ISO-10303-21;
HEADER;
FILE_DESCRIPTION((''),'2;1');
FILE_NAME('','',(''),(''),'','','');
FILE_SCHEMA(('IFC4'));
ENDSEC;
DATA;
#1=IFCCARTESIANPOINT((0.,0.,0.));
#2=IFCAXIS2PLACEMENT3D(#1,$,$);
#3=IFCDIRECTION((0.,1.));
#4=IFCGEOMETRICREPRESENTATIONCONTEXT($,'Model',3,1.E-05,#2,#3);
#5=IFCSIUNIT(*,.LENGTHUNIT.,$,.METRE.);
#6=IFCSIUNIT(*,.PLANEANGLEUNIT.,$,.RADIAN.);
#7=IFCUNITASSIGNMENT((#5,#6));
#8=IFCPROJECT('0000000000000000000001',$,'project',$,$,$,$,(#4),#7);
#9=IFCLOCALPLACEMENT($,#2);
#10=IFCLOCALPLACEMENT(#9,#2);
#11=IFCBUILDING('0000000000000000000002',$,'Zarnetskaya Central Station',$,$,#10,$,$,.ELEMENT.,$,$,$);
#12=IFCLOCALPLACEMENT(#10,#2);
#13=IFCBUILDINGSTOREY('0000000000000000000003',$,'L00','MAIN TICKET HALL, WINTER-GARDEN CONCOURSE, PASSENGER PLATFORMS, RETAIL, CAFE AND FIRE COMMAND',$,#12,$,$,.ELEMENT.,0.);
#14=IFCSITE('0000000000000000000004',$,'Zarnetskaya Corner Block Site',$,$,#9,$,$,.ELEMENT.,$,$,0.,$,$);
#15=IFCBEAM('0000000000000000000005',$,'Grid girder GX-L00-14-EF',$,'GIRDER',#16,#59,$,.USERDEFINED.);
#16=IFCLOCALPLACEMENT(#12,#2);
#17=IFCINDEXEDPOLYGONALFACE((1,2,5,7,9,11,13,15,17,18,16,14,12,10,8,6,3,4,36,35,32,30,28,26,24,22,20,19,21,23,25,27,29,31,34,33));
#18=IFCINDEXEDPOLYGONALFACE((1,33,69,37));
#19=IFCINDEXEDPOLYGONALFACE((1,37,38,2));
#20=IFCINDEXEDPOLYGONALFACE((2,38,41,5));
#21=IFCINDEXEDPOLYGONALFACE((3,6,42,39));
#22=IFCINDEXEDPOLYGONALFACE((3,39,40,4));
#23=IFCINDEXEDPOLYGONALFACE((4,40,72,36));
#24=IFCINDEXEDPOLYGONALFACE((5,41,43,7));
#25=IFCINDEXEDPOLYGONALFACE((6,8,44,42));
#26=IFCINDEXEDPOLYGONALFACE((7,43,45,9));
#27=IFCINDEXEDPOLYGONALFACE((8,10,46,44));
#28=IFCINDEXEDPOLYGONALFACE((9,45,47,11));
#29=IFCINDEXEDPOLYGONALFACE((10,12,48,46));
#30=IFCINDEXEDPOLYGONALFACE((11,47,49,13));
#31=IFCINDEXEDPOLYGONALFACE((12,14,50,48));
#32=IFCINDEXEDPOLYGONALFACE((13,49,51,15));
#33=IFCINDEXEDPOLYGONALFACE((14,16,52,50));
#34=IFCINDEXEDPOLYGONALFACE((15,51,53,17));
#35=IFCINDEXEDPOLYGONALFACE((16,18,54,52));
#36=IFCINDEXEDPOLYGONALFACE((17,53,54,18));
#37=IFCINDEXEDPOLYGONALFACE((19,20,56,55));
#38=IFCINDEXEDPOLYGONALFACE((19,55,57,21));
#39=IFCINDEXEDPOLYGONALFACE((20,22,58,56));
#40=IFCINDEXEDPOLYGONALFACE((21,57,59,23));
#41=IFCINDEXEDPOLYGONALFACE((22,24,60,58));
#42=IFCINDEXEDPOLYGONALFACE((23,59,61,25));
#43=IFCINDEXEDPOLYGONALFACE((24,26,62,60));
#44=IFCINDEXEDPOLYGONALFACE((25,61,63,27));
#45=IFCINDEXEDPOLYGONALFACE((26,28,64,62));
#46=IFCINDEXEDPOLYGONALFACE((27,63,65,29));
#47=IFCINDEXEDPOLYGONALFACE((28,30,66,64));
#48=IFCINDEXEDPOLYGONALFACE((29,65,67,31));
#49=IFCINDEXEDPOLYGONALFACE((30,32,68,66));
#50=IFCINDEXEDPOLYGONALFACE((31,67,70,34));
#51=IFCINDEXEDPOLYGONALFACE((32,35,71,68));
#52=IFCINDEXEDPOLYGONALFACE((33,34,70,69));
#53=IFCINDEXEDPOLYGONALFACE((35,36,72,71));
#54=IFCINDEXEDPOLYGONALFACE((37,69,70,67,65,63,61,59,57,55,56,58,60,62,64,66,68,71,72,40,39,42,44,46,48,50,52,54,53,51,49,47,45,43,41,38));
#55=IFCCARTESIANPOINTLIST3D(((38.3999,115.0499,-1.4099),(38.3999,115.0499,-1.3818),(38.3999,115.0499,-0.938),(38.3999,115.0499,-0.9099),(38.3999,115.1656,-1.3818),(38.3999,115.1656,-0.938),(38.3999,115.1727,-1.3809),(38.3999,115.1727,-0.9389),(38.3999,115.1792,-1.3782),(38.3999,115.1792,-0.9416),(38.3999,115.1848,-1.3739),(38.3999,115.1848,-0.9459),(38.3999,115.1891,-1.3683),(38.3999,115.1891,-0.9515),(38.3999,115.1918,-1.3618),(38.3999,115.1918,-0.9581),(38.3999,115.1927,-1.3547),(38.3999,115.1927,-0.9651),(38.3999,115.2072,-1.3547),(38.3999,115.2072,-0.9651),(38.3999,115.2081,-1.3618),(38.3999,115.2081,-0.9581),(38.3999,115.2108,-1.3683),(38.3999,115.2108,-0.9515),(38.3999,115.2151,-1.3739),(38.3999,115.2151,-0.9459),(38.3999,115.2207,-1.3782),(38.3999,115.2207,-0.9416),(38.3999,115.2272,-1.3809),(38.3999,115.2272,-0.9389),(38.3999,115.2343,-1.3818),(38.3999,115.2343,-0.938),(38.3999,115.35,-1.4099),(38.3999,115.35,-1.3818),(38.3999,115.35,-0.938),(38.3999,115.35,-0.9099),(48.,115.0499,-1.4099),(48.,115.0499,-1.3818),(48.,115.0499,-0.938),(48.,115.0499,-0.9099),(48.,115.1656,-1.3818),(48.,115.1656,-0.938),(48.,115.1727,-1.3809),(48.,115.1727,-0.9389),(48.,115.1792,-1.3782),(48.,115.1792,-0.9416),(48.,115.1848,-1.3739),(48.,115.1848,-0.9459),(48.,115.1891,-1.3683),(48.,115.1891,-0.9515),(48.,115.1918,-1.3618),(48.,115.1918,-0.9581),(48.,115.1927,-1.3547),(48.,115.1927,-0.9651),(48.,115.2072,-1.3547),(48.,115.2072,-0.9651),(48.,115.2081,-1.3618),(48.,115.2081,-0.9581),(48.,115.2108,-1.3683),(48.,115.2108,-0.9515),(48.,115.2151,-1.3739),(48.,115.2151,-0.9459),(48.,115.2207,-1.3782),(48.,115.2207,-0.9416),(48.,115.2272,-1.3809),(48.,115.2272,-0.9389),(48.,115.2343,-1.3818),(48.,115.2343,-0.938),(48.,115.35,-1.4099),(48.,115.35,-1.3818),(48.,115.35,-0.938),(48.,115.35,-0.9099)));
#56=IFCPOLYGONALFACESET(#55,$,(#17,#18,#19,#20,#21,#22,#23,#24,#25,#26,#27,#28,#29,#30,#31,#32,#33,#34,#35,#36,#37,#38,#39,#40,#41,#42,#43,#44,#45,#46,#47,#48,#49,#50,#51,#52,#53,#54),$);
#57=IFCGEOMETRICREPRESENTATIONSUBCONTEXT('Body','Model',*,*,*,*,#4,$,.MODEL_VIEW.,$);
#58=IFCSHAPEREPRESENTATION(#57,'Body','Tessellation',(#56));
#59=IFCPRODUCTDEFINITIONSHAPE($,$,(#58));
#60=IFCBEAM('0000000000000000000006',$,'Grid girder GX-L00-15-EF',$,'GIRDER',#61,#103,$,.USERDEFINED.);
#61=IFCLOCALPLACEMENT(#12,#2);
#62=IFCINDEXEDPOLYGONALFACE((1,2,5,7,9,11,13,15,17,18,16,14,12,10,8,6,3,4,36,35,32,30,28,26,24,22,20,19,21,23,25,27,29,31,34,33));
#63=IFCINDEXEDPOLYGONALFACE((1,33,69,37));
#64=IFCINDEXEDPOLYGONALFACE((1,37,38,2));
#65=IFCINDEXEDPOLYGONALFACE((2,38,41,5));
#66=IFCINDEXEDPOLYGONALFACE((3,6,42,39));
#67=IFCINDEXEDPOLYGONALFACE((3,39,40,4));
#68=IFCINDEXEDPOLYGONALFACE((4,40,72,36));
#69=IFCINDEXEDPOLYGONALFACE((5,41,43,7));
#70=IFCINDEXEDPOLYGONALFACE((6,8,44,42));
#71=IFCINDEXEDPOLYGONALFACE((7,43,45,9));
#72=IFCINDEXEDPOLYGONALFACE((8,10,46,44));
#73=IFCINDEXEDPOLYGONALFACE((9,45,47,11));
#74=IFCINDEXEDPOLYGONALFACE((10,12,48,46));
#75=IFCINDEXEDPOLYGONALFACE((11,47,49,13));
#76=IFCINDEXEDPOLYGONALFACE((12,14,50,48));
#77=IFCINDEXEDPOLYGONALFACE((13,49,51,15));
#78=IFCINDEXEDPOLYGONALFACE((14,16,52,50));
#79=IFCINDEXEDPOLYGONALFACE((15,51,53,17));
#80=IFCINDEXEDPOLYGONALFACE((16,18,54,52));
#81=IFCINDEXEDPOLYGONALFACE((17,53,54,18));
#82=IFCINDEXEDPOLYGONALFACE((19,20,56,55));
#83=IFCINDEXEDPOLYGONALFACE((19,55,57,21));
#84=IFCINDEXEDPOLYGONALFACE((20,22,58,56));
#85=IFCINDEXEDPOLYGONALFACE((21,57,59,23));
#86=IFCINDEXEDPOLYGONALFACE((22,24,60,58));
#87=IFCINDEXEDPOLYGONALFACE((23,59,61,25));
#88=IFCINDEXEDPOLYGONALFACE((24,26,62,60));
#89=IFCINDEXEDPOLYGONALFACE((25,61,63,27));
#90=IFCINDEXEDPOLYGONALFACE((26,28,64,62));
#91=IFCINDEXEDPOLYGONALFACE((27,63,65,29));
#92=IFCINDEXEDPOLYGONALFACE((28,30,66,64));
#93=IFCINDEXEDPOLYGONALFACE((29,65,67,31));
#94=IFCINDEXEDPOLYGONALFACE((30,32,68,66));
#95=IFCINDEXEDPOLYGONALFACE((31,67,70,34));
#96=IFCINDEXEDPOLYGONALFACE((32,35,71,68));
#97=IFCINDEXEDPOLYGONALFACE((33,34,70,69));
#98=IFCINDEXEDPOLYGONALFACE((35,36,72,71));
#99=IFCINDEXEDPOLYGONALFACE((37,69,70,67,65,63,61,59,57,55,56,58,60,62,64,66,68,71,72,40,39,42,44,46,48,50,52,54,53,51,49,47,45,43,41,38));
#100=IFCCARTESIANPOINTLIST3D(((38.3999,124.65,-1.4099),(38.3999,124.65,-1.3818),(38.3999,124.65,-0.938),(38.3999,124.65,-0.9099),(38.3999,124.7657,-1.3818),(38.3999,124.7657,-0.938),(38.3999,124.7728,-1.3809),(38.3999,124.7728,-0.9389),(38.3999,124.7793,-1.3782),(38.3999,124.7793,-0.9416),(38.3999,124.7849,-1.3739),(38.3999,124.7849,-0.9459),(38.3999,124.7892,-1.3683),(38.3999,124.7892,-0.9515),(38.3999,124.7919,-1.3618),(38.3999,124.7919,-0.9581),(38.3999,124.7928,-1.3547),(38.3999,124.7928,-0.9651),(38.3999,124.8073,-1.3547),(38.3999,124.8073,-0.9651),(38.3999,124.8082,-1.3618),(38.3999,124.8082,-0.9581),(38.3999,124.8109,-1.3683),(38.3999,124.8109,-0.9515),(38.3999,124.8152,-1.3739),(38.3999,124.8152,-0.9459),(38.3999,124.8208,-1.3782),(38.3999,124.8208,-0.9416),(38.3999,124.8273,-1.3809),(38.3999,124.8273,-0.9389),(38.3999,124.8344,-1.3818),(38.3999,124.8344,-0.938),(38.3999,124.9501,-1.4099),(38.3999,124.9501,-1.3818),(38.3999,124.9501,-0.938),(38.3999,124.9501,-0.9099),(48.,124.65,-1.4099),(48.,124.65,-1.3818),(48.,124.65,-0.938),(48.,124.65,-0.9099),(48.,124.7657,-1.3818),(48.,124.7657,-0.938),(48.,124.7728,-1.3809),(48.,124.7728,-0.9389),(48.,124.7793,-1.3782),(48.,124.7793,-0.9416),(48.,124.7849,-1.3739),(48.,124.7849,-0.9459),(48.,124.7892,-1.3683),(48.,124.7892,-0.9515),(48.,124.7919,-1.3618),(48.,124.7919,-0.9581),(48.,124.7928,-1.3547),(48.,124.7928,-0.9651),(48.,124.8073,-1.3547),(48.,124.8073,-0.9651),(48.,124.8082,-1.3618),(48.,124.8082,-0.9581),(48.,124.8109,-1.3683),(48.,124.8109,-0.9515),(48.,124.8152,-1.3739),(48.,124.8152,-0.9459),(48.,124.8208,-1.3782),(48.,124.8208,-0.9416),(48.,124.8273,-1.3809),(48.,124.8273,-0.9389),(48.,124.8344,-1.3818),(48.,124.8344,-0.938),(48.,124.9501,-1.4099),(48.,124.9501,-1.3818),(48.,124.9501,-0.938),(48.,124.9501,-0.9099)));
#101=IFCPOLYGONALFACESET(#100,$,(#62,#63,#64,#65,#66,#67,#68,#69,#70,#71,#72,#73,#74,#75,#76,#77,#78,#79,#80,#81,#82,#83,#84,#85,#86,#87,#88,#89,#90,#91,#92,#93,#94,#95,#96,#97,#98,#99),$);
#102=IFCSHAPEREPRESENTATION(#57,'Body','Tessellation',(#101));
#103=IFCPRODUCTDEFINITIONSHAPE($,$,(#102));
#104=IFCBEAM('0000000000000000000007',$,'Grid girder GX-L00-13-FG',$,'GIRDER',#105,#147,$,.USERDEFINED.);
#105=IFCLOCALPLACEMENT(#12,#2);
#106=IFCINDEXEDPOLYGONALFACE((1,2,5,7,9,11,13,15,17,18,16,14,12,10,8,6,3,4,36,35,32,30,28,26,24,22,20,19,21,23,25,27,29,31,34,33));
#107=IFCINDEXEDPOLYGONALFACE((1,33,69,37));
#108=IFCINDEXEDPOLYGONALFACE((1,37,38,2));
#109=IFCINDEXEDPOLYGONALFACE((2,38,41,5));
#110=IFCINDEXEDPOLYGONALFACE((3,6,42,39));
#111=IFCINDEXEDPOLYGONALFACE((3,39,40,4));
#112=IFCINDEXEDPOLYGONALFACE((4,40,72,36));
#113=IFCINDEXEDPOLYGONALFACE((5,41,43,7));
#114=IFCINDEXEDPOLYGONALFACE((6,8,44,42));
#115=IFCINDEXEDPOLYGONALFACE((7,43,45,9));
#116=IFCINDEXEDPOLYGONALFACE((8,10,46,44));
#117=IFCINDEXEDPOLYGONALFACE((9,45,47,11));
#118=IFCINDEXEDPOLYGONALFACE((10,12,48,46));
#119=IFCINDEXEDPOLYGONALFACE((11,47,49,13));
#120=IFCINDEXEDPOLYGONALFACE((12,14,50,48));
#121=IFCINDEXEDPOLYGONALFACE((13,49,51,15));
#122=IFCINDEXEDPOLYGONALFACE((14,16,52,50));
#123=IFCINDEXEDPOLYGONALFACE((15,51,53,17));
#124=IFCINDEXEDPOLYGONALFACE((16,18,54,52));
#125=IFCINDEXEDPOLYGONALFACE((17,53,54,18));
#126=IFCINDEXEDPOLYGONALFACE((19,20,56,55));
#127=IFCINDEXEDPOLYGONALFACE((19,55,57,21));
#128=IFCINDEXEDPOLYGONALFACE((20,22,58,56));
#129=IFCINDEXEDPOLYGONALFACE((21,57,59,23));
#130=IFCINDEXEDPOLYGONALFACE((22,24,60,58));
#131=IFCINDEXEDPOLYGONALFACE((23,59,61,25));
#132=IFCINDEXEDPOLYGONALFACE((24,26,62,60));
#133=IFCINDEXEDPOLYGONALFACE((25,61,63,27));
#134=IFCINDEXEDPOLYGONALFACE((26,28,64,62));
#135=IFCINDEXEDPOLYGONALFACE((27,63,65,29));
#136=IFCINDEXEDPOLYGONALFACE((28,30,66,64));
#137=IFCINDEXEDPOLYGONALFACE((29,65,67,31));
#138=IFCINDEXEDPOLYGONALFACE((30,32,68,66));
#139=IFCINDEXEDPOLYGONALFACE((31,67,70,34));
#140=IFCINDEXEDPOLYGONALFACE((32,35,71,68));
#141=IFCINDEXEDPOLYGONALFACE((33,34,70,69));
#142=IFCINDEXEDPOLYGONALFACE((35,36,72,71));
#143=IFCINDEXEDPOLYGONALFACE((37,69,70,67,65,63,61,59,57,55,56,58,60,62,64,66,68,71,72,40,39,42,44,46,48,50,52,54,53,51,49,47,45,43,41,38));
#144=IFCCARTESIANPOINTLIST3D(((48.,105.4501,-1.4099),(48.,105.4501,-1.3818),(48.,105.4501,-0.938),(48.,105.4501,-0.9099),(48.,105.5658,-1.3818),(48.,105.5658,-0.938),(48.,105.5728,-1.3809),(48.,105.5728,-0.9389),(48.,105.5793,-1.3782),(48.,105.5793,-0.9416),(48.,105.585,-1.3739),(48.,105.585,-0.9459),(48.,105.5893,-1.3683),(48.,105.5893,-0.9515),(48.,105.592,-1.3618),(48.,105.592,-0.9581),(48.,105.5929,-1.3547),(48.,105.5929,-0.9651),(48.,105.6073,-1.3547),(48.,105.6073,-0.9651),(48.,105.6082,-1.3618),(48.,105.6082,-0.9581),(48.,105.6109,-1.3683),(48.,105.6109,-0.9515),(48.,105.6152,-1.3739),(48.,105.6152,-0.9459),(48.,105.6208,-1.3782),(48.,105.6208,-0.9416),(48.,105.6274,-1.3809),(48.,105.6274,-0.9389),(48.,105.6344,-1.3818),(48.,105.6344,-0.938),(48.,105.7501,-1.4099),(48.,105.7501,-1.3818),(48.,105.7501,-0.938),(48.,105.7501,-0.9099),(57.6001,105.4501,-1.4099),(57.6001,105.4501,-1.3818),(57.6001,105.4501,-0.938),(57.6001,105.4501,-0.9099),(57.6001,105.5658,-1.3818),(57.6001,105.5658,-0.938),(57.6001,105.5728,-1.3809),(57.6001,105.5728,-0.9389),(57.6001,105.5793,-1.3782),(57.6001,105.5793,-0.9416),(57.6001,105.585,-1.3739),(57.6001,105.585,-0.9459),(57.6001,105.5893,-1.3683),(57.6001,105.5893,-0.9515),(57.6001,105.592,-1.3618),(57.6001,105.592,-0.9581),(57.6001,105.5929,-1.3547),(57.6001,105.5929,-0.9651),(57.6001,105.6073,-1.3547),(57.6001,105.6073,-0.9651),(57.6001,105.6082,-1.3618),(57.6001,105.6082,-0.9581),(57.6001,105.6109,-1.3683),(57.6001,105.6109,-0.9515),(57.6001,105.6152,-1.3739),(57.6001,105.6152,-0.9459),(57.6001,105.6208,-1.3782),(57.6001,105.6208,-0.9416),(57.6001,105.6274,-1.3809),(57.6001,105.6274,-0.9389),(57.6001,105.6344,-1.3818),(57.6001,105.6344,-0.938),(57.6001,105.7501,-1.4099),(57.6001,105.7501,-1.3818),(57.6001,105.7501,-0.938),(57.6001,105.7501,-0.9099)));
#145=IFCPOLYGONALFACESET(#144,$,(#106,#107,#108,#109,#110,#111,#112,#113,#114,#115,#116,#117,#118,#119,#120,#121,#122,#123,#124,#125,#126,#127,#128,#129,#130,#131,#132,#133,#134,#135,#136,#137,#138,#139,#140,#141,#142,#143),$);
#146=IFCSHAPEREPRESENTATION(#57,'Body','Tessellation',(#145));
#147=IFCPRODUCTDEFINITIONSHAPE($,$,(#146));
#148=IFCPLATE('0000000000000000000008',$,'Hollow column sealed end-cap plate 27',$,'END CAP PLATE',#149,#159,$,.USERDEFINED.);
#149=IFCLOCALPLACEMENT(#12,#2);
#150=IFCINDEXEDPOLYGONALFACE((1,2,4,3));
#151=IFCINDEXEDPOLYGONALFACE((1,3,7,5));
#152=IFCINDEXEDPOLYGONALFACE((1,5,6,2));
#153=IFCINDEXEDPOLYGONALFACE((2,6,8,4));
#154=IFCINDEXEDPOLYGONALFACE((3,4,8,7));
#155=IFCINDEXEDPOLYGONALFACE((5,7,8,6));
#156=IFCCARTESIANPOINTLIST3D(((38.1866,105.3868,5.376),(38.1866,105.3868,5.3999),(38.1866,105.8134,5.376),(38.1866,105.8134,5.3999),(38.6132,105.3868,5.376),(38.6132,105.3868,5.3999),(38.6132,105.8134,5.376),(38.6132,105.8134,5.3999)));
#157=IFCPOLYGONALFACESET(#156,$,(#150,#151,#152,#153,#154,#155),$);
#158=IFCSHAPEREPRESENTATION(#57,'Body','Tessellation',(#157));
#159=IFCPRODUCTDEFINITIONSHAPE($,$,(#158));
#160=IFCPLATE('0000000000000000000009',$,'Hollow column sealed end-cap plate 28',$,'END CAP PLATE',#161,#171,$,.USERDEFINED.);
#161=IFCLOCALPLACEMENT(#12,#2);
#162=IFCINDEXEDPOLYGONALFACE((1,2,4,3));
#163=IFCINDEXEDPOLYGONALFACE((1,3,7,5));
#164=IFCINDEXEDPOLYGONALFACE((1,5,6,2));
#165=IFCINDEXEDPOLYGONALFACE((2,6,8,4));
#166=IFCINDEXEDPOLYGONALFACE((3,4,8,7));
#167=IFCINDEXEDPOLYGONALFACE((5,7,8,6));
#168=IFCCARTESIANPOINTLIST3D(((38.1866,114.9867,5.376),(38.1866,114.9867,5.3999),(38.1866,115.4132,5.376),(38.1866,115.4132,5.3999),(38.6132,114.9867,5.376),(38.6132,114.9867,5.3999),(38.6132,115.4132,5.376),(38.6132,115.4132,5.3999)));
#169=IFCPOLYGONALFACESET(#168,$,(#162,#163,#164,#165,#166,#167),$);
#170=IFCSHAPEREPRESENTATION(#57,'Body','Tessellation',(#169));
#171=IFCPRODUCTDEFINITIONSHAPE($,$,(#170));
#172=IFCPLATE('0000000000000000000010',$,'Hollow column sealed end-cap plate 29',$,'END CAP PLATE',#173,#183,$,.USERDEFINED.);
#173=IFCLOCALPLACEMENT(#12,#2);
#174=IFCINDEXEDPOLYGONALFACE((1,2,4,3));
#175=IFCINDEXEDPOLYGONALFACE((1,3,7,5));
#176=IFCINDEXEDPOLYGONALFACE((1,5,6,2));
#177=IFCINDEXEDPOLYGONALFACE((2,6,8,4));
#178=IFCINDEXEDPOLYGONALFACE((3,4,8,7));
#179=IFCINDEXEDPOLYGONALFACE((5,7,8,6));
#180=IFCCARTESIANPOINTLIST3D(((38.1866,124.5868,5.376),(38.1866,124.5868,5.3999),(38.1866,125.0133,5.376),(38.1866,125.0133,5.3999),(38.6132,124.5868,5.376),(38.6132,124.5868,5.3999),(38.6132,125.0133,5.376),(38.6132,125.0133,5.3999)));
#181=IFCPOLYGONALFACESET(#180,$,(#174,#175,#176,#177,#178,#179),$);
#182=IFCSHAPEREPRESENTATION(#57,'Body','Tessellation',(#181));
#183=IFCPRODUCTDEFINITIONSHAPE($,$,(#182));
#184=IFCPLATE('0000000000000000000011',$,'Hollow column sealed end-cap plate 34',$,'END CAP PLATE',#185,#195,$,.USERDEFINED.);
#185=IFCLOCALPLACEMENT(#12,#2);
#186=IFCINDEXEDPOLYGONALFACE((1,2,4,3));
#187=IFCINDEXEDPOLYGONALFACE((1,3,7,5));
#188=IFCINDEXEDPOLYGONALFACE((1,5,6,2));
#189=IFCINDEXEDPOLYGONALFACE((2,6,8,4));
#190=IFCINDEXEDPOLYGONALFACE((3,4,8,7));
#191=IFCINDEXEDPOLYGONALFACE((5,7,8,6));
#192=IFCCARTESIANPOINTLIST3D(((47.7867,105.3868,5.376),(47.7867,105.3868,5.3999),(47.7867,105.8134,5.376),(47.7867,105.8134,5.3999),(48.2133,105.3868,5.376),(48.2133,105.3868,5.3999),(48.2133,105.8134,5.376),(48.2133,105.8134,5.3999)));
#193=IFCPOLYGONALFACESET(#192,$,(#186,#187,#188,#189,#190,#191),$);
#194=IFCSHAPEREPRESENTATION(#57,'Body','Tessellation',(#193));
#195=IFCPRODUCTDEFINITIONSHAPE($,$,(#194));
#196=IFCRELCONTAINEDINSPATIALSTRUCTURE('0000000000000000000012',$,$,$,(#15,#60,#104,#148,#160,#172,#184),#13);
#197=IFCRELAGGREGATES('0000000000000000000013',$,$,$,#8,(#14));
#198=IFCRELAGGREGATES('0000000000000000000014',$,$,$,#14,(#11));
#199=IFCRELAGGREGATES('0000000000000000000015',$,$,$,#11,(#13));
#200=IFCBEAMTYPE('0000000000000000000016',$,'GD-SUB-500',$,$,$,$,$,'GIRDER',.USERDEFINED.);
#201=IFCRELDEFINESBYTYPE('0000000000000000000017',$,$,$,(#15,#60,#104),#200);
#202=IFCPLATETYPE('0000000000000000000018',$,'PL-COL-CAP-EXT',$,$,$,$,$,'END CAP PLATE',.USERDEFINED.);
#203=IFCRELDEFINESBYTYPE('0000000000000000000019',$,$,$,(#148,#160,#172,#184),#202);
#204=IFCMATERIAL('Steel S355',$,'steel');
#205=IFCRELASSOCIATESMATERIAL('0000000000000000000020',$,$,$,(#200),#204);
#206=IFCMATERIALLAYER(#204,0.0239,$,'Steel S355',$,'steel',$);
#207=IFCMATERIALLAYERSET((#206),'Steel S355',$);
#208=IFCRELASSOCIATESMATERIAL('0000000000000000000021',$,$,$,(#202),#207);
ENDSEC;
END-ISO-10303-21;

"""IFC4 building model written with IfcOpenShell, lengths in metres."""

from ifc_helpers import new_model, si_unit, direction, frame, origin, origin_2d, place, context, subcontext, project, spatial, rectangle, i_section, extrude, material, layer, layer_set, material_profile, profile_set, type_object, element, save


model = new_model("IFC4")

# Units and contexts
model_context = context("Model", 3, precision=1e-05, world=origin(), true_north=direction((0.0, 1.0)))
body_context = subcontext(model_context, "Body", "Model", "MODEL_VIEW")
ifc_project = project(units=[si_unit("LENGTHUNIT", "METRE"), si_unit("PLANEANGLEUNIT", "RADIAN")], contexts=[model_context])

# Site, building, storey
site_placement = place(None, origin())
site = spatial("IfcSite", under=ifc_project, at=site_placement, Name="Zarnetskaya Corner Block Site", CompositionType="ELEMENT", RefElevation=0.0)
building_placement = place(site_placement, origin())
building = spatial("IfcBuilding", under=site, at=building_placement, Name="Zarnetskaya Central Station", CompositionType="ELEMENT")
storey_placement = place(building_placement, origin())
storey = spatial("IfcBuildingStorey", under=building, at=storey_placement, Name="L00", Description="MAIN TICKET HALL, WINTER-GARDEN CONCOURSE, PASSENGER PLATFORMS, RETAIL, CAFE AND FIRE COMMAND", CompositionType="ELEMENT", Elevation=0.0)

# Shared definitions
ifc_material = material(Name="Steel S355", Category="steel")

# Beams
ifc_material_profile_1 = material_profile(ifc_material, i_section(OverallWidth=0.3, OverallDepth=0.5, WebThickness=0.0144, FlangeThickness=0.0281, FilletRadius=0.0271, at=origin_2d()), Name="HEB 500")
ifc_profile_set_1 = profile_set([ifc_material_profile_1], Name="Steel S355")
beam_type_1 = type_object("IfcBeamType", Name="GD-SUB-500", ElementType="GIRDER", PredefinedType="USERDEFINED", material=ifc_profile_set_1)
for number, where, z_axis, x_axis, name in (
    (1, (38.3999, 115.2, -1.1599), (1.0, 0.0, 0.0), (0.0, 1.0, 0.0), "Grid girder GX-L00-14-EF"),
    (2, (38.3999, 124.8, -1.1599), (1.0, 0.0, 0.0), (0.0, 1.0, 0.0), "Grid girder GX-L00-15-EF"),
    (3, (48.0, 105.6001, -1.1599), (1.0, 0.0, 0.0), (0.0, 1.0, 0.0), "Grid girder GX-L00-13-FG"),
):
    element("IfcBeam", number, at=place(storey_placement, frame(where, z_axis=z_axis, x_axis=x_axis)), inside=storey, type_object=beam_type_1, Name=name, ObjectType="GIRDER", PredefinedType="USERDEFINED", context=body_context, shape_type="SweptSolid", body=[
        extrude(i_section(OverallWidth=0.3, OverallDepth=0.5, WebThickness=0.0144, FlangeThickness=0.0281, FilletRadius=0.0271, at=origin_2d()), origin(), (0.0, 0.0, 1.0), 9.6001),
    ])

# Plates
ifc_layer = layer(ifc_material, 0.0239, Name="Steel S355", Category="steel")
ifc_layer_set = layer_set([ifc_layer], Name="Steel S355")
plate_type = type_object("IfcPlateType", Name="PL-COL-CAP-EXT", ElementType="END CAP PLATE", PredefinedType="USERDEFINED", material=ifc_layer_set)
for number, where, z_axis, x_axis, name in (
    (4, (38.3999, 105.6001, 5.376), (0.0, 0.0, 1.0), (1.0, 0.0, 0.0), "Hollow column sealed end-cap plate 27"),
    (5, (38.3999, 115.2, 5.376), (0.0, 0.0, 1.0), (1.0, 0.0, 0.0), "Hollow column sealed end-cap plate 28"),
    (6, (38.3999, 124.8, 5.376), (0.0, 0.0, 1.0), (1.0, 0.0, 0.0), "Hollow column sealed end-cap plate 29"),
    (7, (48.0, 105.6001, 5.376), (0.0, 0.0, 1.0), (1.0, 0.0, 0.0), "Hollow column sealed end-cap plate 34"),
):
    element("IfcPlate", number, at=place(storey_placement, frame(where, z_axis=z_axis, x_axis=x_axis)), inside=storey, type_object=plate_type, Name=name, ObjectType="END CAP PLATE", PredefinedType="USERDEFINED", context=body_context, shape_type="SweptSolid", body=[
        extrude(rectangle(XDim=0.4265, YDim=0.4265, at=origin_2d()), origin(), (0.0, 0.0, 1.0), 0.0239),
    ])

save(model, "model.ifc")
